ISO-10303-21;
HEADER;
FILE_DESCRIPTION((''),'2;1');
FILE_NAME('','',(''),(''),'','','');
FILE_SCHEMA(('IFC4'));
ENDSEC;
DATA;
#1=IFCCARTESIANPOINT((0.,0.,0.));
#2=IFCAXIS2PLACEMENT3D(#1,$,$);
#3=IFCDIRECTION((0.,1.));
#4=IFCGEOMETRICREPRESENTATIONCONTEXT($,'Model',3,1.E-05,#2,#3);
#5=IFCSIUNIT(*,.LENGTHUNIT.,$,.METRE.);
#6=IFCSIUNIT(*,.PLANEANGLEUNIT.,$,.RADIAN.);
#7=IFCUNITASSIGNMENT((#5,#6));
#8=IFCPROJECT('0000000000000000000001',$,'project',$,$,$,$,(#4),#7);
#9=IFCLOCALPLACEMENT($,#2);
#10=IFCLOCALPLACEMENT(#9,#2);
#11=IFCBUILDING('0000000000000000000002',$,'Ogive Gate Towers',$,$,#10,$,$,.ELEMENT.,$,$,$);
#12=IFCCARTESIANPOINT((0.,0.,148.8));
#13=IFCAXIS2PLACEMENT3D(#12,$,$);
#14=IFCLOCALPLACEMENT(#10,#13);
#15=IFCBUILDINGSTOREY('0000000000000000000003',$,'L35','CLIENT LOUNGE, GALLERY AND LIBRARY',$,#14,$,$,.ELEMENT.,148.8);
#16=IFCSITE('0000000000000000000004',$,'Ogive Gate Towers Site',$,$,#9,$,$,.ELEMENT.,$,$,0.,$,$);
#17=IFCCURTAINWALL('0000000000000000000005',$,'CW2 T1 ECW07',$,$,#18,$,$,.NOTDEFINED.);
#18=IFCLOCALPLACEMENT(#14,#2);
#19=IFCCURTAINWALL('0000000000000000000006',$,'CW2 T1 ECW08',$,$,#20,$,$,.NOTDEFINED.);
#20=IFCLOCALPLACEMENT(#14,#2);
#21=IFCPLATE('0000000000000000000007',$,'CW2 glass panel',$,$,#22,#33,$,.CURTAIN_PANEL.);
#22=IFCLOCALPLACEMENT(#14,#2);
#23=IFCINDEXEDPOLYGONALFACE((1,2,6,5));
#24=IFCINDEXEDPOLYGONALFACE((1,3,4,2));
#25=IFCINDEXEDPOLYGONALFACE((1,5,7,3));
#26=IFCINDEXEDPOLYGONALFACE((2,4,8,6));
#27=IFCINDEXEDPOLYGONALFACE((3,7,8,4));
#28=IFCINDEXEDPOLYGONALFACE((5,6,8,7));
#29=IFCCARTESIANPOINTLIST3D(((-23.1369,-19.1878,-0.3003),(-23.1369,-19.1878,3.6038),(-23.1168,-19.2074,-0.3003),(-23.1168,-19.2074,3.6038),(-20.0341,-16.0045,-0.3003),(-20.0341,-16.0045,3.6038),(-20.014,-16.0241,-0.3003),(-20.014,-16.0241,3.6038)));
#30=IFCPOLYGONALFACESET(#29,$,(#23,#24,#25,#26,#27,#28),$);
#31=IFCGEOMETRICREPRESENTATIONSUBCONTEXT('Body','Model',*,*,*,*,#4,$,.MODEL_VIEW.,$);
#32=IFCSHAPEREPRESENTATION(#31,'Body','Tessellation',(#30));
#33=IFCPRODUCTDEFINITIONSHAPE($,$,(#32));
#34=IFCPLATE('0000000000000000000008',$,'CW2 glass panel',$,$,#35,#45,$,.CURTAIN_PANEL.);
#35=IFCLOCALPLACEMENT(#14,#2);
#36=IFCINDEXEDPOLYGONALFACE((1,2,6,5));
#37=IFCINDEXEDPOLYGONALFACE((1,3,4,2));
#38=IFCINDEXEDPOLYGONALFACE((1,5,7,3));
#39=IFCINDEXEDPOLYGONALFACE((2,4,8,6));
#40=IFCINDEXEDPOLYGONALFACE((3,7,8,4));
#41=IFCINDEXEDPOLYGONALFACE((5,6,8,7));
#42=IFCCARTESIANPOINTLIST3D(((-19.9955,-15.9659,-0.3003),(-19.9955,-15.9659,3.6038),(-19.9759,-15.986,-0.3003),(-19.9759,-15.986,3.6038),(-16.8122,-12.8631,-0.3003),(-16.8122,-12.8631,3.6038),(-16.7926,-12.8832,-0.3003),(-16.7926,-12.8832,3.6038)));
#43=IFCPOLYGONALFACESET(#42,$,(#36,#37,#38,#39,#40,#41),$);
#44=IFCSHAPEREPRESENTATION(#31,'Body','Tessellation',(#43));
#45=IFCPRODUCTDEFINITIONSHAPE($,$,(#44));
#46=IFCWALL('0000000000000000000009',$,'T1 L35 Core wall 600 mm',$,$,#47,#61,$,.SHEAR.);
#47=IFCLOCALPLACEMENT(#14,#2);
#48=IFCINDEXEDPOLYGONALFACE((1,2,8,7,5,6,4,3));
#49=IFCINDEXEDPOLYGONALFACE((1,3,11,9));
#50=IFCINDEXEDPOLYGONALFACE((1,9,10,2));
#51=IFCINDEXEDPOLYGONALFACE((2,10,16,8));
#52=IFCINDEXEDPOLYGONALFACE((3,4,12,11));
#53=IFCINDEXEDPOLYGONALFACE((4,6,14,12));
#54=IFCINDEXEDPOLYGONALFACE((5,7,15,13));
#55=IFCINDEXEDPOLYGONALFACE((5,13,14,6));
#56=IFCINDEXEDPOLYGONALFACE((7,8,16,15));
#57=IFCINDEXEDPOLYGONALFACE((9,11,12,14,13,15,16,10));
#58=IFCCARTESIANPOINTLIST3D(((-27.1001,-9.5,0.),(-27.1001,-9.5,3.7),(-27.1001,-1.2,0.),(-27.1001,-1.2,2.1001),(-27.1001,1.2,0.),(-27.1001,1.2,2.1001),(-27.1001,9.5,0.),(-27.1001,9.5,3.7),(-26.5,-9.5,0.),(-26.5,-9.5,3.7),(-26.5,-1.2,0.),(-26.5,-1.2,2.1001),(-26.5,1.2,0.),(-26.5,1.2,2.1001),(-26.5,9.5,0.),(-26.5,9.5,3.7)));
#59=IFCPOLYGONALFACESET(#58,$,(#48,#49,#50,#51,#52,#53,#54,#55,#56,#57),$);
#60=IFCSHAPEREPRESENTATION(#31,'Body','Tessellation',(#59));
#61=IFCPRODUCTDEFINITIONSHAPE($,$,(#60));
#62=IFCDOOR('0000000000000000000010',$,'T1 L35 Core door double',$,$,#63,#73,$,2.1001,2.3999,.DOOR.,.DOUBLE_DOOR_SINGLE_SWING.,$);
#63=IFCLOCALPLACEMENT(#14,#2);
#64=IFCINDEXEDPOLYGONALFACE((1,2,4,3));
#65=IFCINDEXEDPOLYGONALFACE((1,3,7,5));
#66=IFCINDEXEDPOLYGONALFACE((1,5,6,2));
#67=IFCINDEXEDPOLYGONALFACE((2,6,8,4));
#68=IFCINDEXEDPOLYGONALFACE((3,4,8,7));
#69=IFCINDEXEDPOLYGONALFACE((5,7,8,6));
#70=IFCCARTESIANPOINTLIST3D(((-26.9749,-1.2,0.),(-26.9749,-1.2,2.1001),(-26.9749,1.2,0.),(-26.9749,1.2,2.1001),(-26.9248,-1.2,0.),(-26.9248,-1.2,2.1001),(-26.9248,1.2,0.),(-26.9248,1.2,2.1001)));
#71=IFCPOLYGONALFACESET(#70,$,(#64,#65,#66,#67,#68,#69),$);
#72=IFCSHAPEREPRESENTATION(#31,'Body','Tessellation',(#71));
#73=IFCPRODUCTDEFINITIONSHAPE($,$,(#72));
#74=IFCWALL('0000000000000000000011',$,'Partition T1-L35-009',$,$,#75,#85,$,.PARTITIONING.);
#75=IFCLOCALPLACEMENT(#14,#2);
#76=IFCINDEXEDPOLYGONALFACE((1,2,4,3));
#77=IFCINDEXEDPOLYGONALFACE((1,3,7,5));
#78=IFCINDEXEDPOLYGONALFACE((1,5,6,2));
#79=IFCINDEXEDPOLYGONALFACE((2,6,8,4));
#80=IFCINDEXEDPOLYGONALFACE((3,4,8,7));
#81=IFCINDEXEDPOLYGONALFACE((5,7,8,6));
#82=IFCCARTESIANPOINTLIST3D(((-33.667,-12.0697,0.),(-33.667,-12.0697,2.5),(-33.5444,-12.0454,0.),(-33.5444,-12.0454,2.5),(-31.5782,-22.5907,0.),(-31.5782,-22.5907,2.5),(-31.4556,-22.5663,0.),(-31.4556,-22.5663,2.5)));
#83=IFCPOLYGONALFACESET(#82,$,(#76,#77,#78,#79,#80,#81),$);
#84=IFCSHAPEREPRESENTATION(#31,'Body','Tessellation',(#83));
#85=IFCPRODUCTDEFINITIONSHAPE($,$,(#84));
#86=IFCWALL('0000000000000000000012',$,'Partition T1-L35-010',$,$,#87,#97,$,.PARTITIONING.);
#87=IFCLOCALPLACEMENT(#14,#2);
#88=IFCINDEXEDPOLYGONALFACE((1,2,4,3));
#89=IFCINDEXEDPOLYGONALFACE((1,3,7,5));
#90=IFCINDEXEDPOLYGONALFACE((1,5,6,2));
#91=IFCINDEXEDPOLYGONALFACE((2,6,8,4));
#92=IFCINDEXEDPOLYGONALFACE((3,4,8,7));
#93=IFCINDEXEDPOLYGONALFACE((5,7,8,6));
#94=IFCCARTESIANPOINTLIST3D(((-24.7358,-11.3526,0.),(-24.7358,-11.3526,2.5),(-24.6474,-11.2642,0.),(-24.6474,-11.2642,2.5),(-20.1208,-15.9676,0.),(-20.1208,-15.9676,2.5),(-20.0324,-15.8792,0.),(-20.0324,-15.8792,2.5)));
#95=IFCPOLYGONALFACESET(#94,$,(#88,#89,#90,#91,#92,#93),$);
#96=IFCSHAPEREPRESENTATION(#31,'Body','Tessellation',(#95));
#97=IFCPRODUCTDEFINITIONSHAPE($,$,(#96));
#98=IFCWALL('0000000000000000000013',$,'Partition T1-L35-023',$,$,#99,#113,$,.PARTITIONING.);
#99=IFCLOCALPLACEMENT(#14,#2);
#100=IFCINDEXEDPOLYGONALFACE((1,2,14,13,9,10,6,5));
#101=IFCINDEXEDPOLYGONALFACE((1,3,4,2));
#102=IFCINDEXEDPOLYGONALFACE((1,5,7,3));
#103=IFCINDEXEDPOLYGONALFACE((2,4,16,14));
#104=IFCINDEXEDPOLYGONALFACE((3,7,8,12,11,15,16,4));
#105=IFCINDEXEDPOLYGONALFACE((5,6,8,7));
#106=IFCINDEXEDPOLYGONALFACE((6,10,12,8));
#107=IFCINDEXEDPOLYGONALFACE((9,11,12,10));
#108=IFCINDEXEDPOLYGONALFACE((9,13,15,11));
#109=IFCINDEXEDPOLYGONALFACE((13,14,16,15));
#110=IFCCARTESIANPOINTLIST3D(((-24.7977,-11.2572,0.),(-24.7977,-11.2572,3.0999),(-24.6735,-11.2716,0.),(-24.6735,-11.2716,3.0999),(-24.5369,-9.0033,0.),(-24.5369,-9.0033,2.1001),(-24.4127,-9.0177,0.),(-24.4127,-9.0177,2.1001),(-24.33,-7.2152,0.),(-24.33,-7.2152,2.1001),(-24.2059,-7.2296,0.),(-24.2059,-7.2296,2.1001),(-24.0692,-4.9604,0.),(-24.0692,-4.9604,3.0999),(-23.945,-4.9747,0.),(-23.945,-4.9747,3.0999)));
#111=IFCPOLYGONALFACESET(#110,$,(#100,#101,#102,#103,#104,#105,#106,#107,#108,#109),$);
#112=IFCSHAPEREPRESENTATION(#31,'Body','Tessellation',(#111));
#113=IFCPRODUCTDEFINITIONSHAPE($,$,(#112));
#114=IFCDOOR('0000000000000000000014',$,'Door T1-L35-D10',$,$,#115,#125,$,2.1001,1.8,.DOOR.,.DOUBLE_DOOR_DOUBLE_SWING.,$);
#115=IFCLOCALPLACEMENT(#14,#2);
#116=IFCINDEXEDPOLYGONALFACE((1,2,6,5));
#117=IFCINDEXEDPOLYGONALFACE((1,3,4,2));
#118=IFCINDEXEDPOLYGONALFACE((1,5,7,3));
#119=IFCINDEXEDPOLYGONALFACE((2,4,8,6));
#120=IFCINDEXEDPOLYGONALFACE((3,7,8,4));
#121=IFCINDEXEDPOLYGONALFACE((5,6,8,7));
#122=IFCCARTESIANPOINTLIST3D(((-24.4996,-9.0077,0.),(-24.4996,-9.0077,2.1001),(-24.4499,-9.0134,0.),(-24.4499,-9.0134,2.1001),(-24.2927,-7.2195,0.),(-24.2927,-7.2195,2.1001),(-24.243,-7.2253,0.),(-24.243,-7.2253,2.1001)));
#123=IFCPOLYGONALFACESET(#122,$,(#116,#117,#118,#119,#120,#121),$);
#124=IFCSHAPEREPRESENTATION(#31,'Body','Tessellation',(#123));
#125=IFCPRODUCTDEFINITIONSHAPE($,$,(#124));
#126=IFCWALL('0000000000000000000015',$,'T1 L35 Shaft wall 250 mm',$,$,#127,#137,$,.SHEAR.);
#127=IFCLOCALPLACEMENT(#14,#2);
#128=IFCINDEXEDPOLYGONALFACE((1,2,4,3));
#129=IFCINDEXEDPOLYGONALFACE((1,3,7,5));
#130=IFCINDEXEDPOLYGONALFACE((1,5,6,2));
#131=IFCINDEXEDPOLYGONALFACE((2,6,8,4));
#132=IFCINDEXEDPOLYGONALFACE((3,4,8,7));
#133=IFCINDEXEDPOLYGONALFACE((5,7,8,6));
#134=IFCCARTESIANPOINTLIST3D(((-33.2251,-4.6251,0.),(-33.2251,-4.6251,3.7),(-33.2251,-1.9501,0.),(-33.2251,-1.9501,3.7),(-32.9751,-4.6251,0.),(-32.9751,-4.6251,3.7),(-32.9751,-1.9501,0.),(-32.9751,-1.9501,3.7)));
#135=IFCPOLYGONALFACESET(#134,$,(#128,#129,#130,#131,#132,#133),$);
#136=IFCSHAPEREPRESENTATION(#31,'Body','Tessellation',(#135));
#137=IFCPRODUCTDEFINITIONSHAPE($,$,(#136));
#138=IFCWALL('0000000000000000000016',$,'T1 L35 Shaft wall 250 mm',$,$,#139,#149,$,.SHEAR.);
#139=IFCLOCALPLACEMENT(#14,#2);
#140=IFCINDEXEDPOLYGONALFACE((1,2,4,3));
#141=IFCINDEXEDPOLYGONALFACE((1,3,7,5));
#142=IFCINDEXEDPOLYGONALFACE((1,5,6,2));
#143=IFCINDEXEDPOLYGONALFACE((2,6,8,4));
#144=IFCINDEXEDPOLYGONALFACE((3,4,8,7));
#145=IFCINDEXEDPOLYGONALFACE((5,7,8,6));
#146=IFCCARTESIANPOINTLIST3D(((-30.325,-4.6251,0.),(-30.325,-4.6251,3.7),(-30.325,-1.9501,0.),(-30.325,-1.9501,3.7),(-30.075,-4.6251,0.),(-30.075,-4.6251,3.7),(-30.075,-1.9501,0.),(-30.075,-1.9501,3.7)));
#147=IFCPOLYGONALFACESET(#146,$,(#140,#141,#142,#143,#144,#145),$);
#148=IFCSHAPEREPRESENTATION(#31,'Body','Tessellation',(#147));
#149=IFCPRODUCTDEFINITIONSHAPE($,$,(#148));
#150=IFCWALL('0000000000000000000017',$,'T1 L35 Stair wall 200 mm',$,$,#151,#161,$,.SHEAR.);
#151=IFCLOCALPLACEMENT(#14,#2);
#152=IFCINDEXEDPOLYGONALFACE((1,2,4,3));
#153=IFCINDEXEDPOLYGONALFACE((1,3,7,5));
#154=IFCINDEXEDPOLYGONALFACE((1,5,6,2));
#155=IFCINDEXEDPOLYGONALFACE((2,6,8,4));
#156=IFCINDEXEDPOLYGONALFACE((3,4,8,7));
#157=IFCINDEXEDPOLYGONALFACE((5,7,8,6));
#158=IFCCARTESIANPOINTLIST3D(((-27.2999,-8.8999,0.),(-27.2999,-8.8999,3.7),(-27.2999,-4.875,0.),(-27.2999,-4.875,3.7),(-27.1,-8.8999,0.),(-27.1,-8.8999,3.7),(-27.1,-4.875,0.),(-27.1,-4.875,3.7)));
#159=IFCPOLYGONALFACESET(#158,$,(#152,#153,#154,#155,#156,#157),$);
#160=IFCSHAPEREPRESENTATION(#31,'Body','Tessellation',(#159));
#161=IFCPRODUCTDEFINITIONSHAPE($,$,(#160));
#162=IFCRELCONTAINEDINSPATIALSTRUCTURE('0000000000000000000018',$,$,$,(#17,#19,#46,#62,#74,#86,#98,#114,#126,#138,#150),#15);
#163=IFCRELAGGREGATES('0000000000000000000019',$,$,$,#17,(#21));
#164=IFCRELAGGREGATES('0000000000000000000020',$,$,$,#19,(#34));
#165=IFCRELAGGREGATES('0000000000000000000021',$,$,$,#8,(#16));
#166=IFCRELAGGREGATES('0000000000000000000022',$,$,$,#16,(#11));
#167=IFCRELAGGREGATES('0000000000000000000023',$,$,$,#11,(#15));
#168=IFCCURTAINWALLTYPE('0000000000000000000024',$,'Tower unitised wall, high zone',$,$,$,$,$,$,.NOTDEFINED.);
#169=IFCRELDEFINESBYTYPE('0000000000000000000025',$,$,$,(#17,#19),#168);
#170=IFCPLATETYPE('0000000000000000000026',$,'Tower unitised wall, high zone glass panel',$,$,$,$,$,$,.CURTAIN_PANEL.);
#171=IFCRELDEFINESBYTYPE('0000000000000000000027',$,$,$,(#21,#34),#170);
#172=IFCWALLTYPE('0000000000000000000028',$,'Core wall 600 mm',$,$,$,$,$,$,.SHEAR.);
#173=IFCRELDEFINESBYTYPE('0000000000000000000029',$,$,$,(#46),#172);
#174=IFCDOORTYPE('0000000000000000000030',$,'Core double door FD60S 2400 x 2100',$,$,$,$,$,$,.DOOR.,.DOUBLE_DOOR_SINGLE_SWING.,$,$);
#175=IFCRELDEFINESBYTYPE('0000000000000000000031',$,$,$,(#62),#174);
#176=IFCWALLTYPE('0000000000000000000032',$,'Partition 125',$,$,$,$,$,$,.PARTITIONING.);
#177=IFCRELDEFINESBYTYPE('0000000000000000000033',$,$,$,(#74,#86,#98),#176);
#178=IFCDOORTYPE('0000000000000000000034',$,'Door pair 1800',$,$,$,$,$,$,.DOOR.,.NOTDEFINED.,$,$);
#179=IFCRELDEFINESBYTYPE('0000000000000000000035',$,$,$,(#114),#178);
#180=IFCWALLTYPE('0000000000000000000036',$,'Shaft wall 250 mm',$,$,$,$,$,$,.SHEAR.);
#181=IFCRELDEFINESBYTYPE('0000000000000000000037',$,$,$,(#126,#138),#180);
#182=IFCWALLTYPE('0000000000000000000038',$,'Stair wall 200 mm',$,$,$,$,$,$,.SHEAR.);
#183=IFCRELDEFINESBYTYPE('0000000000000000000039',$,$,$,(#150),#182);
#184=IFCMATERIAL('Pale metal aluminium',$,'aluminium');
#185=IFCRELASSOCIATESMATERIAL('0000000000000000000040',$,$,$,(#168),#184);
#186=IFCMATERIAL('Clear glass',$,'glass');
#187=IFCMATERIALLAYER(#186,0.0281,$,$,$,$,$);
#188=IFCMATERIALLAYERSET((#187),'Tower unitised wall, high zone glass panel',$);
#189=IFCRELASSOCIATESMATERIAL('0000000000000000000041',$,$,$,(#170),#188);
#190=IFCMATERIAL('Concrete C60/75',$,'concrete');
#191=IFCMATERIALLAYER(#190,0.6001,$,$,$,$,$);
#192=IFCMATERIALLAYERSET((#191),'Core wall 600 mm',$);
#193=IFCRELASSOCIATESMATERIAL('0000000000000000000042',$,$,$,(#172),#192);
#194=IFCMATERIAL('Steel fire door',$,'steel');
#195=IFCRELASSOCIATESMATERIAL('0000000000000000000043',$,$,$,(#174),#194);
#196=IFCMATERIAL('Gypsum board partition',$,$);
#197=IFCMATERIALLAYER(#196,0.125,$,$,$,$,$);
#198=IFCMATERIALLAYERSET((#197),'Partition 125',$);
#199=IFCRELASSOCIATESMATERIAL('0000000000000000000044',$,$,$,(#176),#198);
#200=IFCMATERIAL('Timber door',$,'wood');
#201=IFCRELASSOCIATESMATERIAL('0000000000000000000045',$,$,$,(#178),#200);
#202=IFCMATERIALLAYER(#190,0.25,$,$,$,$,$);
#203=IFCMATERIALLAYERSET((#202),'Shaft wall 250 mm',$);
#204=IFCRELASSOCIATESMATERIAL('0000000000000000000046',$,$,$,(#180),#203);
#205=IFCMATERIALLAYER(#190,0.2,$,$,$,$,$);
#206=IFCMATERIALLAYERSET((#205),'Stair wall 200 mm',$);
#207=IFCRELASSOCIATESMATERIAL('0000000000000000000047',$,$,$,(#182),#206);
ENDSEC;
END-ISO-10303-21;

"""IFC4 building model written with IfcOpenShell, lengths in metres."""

from ifc_helpers import new_model, si_unit, direction, frame, frame_2d, origin, origin_2d, place, context, subcontext, project, spatial, rectangle, extrude, material, layer, layer_set, type_object, element, fill, aggregate, save


model = new_model("IFC4")

# Units and contexts
model_context = context("Model", 3, precision=1e-05, world=origin(), true_north=direction((0.0, 1.0)))
body_context = subcontext(model_context, "Body", "Model", "MODEL_VIEW")
ifc_project = project(units=[si_unit("LENGTHUNIT", "METRE"), si_unit("PLANEANGLEUNIT", "RADIAN")], contexts=[model_context])

# Site, building, storey
site_placement = place(None, origin())
site = spatial("IfcSite", under=ifc_project, at=site_placement, Name="Ogive Gate Towers Site", CompositionType="ELEMENT", RefElevation=0.0)
building_placement = place(site_placement, origin())
building = spatial("IfcBuilding", under=site, at=building_placement, Name="Ogive Gate Towers", CompositionType="ELEMENT")
storey_placement = place(building_placement, frame((0.0, 0.0, 148.8)))
storey = spatial("IfcBuildingStorey", under=building, at=storey_placement, Name="L35", Description="CLIENT LOUNGE, GALLERY AND LIBRARY", CompositionType="ELEMENT", Elevation=148.8)

# Curtain wall
ifc_material_1 = material(Name="Pale metal aluminium", Category="aluminium")
curtain_wall_type = type_object("IfcCurtainWallType", Name="Tower unitised wall, high zone", PredefinedType="NOTDEFINED", material=ifc_material_1)
curtain_wall_1_placement = place(storey_placement, origin())
curtain_wall_1 = element("IfcCurtainWall", 1, at=curtain_wall_1_placement, inside=storey, type_object=curtain_wall_type, Name="CW2 T1 ECW07", PredefinedType="NOTDEFINED")

# Curtain wall
curtain_wall_2_placement = place(storey_placement, origin())
curtain_wall_2 = element("IfcCurtainWall", 2, at=curtain_wall_2_placement, inside=storey, type_object=curtain_wall_type, Name="CW2 T1 ECW08", PredefinedType="NOTDEFINED")

# Plates
ifc_material_2 = material(Name="Clear glass", Category="glass")
ifc_layer_1 = layer(ifc_material_2, 0.0281)
ifc_layer_set_1 = layer_set([ifc_layer_1], Name="Tower unitised wall, high zone glass panel")
plate_type = type_object("IfcPlateType", Name="Tower unitised wall, high zone glass panel", PredefinedType="CURTAIN_PANEL", material=ifc_layer_set_1)
plate_1_placement = place(storey_placement, frame((-21.5754, -17.606, -0.3003), z_axis=(0.0, 0.0, 1.0), x_axis=(0.697978, 0.716119, 0.0)))
plate_1 = element("IfcPlate", 3, at=plate_1_placement, type_object=plate_type, Name="CW2 glass panel", PredefinedType="CURTAIN_PANEL", context=body_context, shape_type="SweptSolid", body=[
    extrude(rectangle(XDim=4.4453, YDim=0.0281, at=origin_2d()), origin(), (0.0, 0.0, 1.0), 3.9041),
])
aggregate(curtain_wall_1, [plate_1])
plate_2_placement = place(storey_placement, frame((-18.394, -14.4246, -0.3003), z_axis=(0.0, 0.0, 1.0), x_axis=(0.716119, 0.697978, 0.0)))
plate_2 = element("IfcPlate", 4, at=plate_2_placement, type_object=plate_type, Name="CW2 glass panel", PredefinedType="CURTAIN_PANEL", context=body_context, shape_type="SweptSolid", body=[
    extrude(rectangle(XDim=4.4453, YDim=0.0281, at=origin_2d()), origin(), (0.0, 0.0, 1.0), 3.9041),
])
aggregate(curtain_wall_2, [plate_2])

# Wall, opening, door
ifc_material_3 = material(Name="Concrete C60/75", Category="concrete")
ifc_layer_2 = layer(ifc_material_3, 0.6001)
ifc_layer_set_2 = layer_set([ifc_layer_2], Name="Core wall 600 mm")
wall_type_1 = type_object("IfcWallType", Name="Core wall 600 mm", PredefinedType="SHEAR", material=ifc_layer_set_2)
wall_1_placement = place(storey_placement, frame((-26.8, -9.5, 0.0), z_axis=(0.0, 0.0, 1.0), x_axis=(0.0, 1.0, 0.0)))
wall_1 = element("IfcWall", 5, at=wall_1_placement, inside=storey, type_object=wall_type_1, Name="T1 L35 Core wall 600 mm", PredefinedType="SHEAR", context=body_context, shape_type="SweptSolid", body=[
    extrude(rectangle(XDim=19.0, YDim=0.6001, at=frame_2d((9.5, 0.0))), origin(), (0.0, 0.0, 1.0), 3.7),
])
opening_1_placement = place(wall_1_placement, frame((8.3, 0.0, 0.0)))
opening_1 = element("IfcOpeningElement", 6, at=opening_1_placement, cuts=wall_1, PredefinedType="OPENING", context=body_context, shape_type="SweptSolid", body=[
    extrude(rectangle(XDim=2.3999, YDim=2.1001, at=frame_2d((1.2, 1.05))), frame((0.0, 0.3101, 0.0), z_axis=(0.0, -1.0, 0.0), x_axis=(1.0, 0.0, 0.0)), (0.0, 0.0, 1.0), 0.6201),
])
ifc_material_4 = material(Name="Steel fire door", Category="steel")
door_type_1 = type_object("IfcDoorType", Name="Core double door FD60S 2400 x 2100", OperationType="DOUBLE_DOOR_SINGLE_SWING", PredefinedType="DOOR", material=ifc_material_4)
door_1_placement = place(opening_1_placement, origin())
door_1 = element("IfcDoor", 7, at=door_1_placement, inside=storey, type_object=door_type_1, Name="T1 L35 Core door double", OperationType="DOUBLE_DOOR_SINGLE_SWING", OverallHeight=2.1001, OverallWidth=2.3999, PredefinedType="DOOR", context=body_context, shape_type="SweptSolid", body=[
    extrude(rectangle(XDim=2.3999, YDim=2.1001, at=frame_2d((1.2, 1.05))), frame((0.0, 0.1748, 0.0), z_axis=(0.0, -1.0, 0.0), x_axis=(1.0, 0.0, 0.0)), (0.0, 0.0, 1.0), 0.05),
])
fill(opening_1, door_1)

# Walls
ifc_material_5 = material(Name="Gypsum board partition")
ifc_layer_3 = layer(ifc_material_5, 0.125)
ifc_layer_set_3 = layer_set([ifc_layer_3], Name="Partition 125")
wall_type_2 = type_object("IfcWallType", Name="Partition 125", PredefinedType="PARTITIONING", material=ifc_layer_set_3)
wall_2_placement = place(storey_placement, frame((-31.5168, -22.5786, 0.0), z_axis=(0.0, 0.0, 1.0), x_axis=(-0.194742, 0.980855, 0.0)))
element("IfcWall", 8, at=wall_2_placement, inside=storey, type_object=wall_type_2, Name="Partition T1-L35-009", PredefinedType="PARTITIONING", context=body_context, shape_type="SweptSolid", body=[
    extrude(rectangle(XDim=10.7263, YDim=0.125, at=frame_2d((5.3633, 0.0))), origin(), (0.0, 0.0, 1.0), 2.5),
])
wall_3_placement = place(storey_placement, frame((-20.0767, -15.9233, 0.0), z_axis=(0.0, 0.0, 1.0), x_axis=(-0.707107, 0.707107, 0.0)))
element("IfcWall", 9, at=wall_3_placement, inside=storey, type_object=wall_type_2, Name="Partition T1-L35-010", PredefinedType="PARTITIONING", context=body_context, shape_type="SweptSolid", body=[
    extrude(rectangle(XDim=6.5266, YDim=0.125, at=frame_2d((3.2632, 0.0))), origin(), (0.0, 0.0, 1.0), 2.5),
])

# Wall, opening, door
wall_4_placement = place(storey_placement, frame((-24.7356, -11.2644, 0.0), z_axis=(0.0, 0.0, 1.0), x_axis=(0.114928, 0.993374, 0.0)))
wall_4 = element("IfcWall", 10, at=wall_4_placement, inside=storey, type_object=wall_type_2, Name="Partition T1-L35-023", PredefinedType="PARTITIONING", context=body_context, shape_type="SweptSolid", body=[
    extrude(rectangle(XDim=6.3389, YDim=0.125, at=frame_2d((3.1694, 0.0))), origin(), (0.0, 0.0, 1.0), 3.0999),
])
opening_2_placement = place(wall_4_placement, frame((2.269, 0.0, 0.0)))
opening_2 = element("IfcOpeningElement", 11, at=opening_2_placement, cuts=wall_4, PredefinedType="OPENING", context=body_context, shape_type="SweptSolid", body=[
    extrude(rectangle(XDim=1.8, YDim=2.1001, at=frame_2d((0.8999, 1.05))), frame((0.0, 0.0725, 0.0), z_axis=(0.0, -1.0, 0.0), x_axis=(1.0, 0.0, 0.0)), (0.0, 0.0, 1.0), 0.145),
])
ifc_material_6 = material(Name="Timber door", Category="wood")
door_type_2 = type_object("IfcDoorType", Name="Door pair 1800", OperationType="NOTDEFINED", PredefinedType="DOOR", material=ifc_material_6)
door_2_placement = place(opening_2_placement, origin())
door_2 = element("IfcDoor", 12, at=door_2_placement, inside=storey, type_object=door_type_2, Name="Door T1-L35-D10", OperationType="DOUBLE_DOOR_DOUBLE_SWING", OverallHeight=2.1001, OverallWidth=1.8, PredefinedType="DOOR", context=body_context, shape_type="SweptSolid", body=[
    extrude(rectangle(XDim=1.8, YDim=2.1001, at=frame_2d((0.8999, 1.05))), frame((0.0, 0.0249, 0.0), z_axis=(0.0, -1.0, 0.0), x_axis=(1.0, 0.0, 0.0)), (0.0, 0.0, 1.0), 0.05),
])
fill(opening_2, door_2)

# Walls
ifc_layer_4 = layer(ifc_material_3, 0.25)
ifc_layer_set_4 = layer_set([ifc_layer_4], Name="Shaft wall 250 mm")
wall_type_3 = type_object("IfcWallType", Name="Shaft wall 250 mm", PredefinedType="SHEAR", material=ifc_layer_set_4)
for number, where, z_axis, x_axis, name in (
    (13, (-33.1001, -4.625, 0.0), (0.0, 0.0, 1.0), (0.0, 1.0, 0.0), "T1 L35 Shaft wall 250 mm"),
    (14, (-30.2, -4.625, 0.0), (0.0, 0.0, 1.0), (0.0, 1.0, 0.0), "T1 L35 Shaft wall 250 mm"),
):
    element("IfcWall", number, at=place(storey_placement, frame(where, z_axis=z_axis, x_axis=x_axis)), inside=storey, type_object=wall_type_3, Name=name, PredefinedType="SHEAR", context=body_context, shape_type="SweptSolid", body=[
        extrude(rectangle(XDim=2.675, YDim=0.25, at=frame_2d((1.3374, 0.0))), origin(), (0.0, 0.0, 1.0), 3.7),
    ])
ifc_layer_5 = layer(ifc_material_3, 0.2)
ifc_layer_set_5 = layer_set([ifc_layer_5], Name="Stair wall 200 mm")
wall_type_4 = type_object("IfcWallType", Name="Stair wall 200 mm", PredefinedType="SHEAR", material=ifc_layer_set_5)
wall_5_placement = place(storey_placement, frame((-27.2, -8.8999, 0.0), z_axis=(0.0, 0.0, 1.0), x_axis=(0.0, 1.0, 0.0)))
element("IfcWall", 15, at=wall_5_placement, inside=storey, type_object=wall_type_4, Name="T1 L35 Stair wall 200 mm", PredefinedType="SHEAR", context=body_context, shape_type="SweptSolid", body=[
    extrude(rectangle(XDim=4.0249, YDim=0.2, at=frame_2d((2.0125, 0.0))), origin(), (0.0, 0.0, 1.0), 3.7),
])

save(model, "model.ifc")
